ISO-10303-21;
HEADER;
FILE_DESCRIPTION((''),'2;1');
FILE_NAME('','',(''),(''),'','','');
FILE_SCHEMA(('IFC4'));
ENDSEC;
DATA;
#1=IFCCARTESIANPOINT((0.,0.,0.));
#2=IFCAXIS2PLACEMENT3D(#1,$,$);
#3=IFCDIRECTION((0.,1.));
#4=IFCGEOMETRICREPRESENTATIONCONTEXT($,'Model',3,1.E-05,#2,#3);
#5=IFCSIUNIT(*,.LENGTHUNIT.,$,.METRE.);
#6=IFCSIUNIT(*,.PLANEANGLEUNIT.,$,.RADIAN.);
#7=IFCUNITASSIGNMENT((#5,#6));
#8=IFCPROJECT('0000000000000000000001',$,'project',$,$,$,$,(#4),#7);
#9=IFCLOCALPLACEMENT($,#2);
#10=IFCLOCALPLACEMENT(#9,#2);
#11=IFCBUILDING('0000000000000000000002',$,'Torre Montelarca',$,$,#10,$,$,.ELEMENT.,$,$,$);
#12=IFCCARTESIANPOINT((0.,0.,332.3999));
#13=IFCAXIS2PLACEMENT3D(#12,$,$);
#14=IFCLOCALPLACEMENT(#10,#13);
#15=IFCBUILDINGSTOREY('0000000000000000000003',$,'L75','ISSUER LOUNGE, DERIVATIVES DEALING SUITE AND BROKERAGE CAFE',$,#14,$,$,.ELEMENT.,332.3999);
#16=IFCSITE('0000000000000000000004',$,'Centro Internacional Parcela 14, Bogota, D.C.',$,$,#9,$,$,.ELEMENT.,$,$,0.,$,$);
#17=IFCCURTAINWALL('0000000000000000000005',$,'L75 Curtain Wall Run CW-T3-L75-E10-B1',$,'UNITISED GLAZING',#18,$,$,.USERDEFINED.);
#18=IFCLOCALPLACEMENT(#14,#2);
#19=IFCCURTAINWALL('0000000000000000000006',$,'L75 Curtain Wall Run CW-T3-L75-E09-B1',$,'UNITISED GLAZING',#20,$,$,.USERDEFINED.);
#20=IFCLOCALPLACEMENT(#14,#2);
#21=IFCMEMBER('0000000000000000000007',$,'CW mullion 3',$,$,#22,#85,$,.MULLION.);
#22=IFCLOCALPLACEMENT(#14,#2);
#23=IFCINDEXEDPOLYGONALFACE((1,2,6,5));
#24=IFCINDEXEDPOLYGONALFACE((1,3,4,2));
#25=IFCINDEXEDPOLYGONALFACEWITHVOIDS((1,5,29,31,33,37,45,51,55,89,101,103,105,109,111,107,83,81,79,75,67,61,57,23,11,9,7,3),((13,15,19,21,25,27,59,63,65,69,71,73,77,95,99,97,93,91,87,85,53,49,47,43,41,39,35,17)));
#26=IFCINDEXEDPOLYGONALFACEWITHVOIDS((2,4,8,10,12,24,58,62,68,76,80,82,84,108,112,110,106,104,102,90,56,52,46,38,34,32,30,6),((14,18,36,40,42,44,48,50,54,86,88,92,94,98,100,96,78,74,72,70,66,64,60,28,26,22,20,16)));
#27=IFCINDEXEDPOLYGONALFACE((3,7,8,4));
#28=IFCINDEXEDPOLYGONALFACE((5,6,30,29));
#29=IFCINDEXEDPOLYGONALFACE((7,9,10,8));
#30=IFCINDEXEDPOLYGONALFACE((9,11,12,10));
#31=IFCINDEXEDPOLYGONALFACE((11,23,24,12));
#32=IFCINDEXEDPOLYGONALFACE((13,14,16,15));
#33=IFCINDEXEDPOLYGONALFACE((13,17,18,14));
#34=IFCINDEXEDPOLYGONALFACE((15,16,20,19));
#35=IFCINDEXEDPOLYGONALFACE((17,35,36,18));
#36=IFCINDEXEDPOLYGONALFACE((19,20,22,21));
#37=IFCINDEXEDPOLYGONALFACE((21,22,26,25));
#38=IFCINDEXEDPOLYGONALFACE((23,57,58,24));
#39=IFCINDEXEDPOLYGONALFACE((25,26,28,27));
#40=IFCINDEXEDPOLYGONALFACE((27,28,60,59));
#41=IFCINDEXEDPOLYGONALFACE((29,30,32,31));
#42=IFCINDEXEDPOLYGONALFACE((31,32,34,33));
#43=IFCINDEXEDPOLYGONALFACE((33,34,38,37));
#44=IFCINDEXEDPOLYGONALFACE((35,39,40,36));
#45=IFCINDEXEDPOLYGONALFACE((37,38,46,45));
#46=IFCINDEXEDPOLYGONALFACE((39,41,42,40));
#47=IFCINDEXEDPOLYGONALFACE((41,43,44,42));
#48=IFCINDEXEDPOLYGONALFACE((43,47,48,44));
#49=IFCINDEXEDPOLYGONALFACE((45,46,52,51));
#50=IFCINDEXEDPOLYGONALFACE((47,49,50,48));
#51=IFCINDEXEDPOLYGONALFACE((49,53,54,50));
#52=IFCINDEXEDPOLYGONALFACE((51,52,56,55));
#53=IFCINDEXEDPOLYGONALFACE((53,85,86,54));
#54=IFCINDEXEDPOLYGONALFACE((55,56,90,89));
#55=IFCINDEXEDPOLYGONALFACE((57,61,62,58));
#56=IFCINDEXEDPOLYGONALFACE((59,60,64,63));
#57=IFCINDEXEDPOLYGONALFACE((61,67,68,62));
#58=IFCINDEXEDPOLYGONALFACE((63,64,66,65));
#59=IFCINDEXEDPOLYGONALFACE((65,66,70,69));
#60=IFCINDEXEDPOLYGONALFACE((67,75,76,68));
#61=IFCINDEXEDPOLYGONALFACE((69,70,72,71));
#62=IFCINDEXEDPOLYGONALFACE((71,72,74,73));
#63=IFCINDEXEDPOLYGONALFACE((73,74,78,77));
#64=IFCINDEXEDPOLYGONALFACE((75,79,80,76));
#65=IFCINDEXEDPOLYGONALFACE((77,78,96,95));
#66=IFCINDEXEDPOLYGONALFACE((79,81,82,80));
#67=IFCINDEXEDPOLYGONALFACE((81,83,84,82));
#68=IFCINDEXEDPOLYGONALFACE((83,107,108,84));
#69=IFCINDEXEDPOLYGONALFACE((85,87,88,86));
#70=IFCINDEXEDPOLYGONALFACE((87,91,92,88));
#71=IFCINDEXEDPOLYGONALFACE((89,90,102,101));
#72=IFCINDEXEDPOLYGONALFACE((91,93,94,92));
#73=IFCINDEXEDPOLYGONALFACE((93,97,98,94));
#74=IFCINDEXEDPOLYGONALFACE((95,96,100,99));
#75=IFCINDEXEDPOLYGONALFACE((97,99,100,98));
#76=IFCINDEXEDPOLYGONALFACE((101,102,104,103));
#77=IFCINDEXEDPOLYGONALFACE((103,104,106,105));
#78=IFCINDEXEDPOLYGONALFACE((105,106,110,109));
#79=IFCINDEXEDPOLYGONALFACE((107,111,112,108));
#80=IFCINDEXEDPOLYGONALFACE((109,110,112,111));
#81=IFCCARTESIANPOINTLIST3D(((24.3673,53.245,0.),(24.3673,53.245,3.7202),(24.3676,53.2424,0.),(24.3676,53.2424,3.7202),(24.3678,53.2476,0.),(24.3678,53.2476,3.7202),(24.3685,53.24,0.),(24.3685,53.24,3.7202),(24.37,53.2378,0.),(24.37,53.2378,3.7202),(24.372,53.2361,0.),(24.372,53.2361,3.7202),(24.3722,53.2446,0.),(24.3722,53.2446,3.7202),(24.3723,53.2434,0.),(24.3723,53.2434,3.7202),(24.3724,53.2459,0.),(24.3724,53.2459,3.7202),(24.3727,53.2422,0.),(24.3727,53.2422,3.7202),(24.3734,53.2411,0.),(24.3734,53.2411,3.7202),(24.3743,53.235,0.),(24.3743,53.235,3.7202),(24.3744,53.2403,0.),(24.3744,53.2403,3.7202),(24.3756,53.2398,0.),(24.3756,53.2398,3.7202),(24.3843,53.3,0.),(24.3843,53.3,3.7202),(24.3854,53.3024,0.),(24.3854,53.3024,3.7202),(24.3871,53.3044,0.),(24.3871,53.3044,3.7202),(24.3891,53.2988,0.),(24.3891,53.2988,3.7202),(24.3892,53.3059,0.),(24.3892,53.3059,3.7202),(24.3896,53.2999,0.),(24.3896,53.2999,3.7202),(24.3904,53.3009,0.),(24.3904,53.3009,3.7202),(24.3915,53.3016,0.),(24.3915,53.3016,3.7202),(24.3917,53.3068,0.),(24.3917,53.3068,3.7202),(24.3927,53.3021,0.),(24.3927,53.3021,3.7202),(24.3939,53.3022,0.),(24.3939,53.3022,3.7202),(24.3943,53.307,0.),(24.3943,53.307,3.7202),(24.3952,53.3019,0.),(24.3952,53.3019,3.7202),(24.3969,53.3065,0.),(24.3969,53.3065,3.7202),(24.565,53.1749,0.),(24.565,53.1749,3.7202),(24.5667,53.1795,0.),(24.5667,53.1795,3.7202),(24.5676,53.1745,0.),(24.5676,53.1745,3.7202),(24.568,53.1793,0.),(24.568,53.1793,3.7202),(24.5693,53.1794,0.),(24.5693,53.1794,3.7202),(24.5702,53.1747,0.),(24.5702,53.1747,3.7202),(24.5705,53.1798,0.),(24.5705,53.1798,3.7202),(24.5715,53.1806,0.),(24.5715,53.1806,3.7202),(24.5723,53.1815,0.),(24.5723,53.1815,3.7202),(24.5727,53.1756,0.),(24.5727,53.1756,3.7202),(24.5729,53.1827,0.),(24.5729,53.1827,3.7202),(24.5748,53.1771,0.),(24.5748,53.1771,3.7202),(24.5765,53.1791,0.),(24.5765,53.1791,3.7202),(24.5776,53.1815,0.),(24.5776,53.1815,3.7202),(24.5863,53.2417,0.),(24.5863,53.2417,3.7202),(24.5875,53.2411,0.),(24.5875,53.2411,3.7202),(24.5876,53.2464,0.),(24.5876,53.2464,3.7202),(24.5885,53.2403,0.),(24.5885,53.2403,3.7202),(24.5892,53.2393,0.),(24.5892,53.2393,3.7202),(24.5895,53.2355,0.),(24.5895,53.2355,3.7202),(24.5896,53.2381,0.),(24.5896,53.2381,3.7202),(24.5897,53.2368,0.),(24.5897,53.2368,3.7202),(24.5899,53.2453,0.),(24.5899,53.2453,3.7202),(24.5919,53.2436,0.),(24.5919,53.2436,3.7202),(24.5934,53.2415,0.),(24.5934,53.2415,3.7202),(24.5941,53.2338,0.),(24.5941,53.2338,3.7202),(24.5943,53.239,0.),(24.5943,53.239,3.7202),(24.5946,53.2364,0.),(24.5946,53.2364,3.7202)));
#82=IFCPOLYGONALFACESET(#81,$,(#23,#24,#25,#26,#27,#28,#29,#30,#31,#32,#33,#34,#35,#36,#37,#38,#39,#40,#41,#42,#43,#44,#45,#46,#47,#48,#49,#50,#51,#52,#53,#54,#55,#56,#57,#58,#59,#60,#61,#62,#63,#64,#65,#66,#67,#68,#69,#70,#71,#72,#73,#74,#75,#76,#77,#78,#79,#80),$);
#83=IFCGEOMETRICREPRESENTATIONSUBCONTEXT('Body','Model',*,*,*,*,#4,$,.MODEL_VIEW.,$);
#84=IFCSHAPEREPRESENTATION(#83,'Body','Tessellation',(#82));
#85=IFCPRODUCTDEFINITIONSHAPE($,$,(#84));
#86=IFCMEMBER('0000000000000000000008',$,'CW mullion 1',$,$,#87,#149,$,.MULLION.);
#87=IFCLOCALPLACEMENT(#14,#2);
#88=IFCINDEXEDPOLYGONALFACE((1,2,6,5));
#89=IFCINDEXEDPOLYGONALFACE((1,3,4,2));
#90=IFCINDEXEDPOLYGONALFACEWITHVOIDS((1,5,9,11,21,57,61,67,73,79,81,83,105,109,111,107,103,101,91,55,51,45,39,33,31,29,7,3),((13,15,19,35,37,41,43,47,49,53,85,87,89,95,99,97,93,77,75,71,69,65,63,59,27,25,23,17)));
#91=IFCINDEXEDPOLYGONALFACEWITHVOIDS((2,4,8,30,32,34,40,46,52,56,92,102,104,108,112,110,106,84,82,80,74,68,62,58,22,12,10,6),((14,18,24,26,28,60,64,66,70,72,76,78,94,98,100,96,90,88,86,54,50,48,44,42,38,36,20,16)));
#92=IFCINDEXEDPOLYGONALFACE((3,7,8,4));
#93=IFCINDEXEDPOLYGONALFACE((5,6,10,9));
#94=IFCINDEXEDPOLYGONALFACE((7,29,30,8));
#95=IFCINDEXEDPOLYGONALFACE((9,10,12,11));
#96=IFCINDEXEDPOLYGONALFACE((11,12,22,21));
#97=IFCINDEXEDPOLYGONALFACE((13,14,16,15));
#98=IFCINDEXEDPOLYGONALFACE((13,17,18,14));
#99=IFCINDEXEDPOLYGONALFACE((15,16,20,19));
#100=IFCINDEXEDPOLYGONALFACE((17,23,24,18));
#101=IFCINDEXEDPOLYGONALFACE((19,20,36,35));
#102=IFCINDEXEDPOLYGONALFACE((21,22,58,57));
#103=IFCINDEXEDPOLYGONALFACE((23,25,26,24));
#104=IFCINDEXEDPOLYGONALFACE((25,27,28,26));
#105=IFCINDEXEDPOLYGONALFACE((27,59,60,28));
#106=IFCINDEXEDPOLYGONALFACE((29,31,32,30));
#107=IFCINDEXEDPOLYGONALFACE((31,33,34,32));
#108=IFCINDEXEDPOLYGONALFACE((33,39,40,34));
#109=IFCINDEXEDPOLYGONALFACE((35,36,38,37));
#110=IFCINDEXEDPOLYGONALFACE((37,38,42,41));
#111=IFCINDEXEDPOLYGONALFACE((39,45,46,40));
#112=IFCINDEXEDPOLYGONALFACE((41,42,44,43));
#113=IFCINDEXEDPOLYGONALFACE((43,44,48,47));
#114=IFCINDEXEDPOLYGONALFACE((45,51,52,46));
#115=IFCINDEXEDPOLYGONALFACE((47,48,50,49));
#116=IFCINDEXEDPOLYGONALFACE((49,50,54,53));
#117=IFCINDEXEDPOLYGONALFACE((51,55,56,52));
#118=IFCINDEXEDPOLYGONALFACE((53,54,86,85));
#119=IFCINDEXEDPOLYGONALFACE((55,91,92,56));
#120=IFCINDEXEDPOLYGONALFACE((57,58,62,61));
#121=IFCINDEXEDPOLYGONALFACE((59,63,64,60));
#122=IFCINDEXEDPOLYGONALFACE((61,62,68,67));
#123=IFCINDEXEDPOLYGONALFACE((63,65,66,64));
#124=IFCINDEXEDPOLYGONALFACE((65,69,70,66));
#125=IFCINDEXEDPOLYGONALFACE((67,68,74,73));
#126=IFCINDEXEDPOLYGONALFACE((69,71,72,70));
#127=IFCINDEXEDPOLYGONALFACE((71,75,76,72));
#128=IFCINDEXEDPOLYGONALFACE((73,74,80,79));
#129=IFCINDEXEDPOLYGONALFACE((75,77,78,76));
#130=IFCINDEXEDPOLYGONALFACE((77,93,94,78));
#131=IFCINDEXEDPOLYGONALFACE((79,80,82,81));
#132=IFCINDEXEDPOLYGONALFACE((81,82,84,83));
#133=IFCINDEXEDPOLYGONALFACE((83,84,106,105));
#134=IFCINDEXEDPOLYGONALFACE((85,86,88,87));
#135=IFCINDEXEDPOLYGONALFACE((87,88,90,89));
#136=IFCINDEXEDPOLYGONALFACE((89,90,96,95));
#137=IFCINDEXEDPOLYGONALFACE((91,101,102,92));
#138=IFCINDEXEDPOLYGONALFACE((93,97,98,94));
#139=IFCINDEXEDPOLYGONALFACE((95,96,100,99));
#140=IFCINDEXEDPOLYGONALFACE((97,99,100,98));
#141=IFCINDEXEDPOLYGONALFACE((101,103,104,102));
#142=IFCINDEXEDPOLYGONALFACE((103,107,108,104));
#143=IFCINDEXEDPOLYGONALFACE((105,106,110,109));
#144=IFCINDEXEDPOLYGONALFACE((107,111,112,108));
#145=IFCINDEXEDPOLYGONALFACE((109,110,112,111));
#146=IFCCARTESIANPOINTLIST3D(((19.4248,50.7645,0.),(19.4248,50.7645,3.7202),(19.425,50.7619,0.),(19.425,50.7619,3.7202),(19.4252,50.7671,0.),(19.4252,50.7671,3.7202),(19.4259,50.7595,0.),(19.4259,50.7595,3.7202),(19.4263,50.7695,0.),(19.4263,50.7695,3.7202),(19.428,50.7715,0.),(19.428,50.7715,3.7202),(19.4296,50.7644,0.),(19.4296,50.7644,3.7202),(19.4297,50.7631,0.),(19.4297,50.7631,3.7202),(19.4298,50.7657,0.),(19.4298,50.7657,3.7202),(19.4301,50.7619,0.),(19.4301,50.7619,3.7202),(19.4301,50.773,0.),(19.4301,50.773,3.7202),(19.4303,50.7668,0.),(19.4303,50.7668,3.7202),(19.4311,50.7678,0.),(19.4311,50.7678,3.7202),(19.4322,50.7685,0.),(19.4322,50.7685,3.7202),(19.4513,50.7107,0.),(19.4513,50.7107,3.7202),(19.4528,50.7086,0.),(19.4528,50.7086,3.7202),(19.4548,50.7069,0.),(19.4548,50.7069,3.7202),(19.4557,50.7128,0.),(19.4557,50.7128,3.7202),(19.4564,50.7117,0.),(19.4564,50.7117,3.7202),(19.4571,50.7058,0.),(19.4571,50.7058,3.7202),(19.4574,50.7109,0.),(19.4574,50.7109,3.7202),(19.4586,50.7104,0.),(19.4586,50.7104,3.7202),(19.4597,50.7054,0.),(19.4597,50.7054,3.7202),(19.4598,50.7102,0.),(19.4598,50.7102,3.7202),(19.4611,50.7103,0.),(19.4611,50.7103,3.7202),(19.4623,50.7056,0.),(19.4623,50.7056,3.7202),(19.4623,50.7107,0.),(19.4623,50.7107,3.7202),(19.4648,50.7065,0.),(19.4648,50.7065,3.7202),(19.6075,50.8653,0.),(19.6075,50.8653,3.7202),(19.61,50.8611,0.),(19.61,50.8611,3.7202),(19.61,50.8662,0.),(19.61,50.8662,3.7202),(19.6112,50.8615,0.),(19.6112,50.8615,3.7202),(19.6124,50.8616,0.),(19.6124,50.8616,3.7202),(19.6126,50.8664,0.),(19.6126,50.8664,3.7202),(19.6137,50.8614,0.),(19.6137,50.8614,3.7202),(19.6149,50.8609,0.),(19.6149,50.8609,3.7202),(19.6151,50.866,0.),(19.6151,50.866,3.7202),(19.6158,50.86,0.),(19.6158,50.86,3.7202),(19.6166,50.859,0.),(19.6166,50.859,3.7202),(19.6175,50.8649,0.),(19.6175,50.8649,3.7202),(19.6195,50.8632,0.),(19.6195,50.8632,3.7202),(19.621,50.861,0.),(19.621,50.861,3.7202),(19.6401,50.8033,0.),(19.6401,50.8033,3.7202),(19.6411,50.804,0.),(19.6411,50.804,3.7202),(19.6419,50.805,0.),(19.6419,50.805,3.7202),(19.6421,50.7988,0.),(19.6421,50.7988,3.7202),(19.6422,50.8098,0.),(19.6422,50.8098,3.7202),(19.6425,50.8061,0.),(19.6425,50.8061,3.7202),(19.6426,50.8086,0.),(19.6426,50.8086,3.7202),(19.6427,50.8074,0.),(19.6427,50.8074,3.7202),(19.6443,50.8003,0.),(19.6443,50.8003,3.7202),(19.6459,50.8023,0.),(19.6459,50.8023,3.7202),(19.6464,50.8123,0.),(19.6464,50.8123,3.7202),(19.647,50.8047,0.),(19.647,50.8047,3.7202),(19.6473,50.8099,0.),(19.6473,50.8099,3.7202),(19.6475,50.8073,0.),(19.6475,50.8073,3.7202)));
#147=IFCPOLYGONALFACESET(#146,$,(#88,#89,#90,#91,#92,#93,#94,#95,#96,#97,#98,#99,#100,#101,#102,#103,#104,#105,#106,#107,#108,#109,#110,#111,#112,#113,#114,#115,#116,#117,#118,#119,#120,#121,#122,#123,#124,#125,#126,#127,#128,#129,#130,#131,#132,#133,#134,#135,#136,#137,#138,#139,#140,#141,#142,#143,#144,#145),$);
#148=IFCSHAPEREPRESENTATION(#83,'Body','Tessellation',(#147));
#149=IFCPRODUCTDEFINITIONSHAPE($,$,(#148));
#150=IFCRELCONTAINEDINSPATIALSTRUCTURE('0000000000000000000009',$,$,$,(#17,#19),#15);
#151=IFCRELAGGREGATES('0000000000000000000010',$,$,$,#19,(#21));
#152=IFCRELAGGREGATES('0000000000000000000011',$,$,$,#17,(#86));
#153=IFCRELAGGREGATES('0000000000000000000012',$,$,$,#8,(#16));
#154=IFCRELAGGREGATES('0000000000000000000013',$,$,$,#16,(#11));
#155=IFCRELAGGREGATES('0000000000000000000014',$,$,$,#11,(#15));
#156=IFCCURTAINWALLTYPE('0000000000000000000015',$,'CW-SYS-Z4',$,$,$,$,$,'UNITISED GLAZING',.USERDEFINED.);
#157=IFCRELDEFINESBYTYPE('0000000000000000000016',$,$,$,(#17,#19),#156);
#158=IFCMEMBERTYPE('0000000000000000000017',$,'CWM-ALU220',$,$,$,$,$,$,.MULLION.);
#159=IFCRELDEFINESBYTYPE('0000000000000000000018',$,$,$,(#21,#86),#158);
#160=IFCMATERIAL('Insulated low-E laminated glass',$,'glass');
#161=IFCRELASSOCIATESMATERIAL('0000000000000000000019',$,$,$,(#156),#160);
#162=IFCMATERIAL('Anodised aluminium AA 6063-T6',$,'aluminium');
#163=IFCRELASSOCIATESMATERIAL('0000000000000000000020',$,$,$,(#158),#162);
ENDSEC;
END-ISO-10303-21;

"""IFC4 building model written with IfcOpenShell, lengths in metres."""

from ifc_helpers import new_model, si_unit, direction, frame, origin, origin_2d, place, context, subcontext, project, spatial, hollow_rectangle, extrude, source, transform, mapped, material, material_profile, profile_set, type_object, element, aggregate, save


model = new_model("IFC4")

# Units and contexts
model_context = context("Model", 3, precision=1e-05, world=origin(), true_north=direction((0.0, 1.0)))
body_context = subcontext(model_context, "Body", "Model", "MODEL_VIEW")
ifc_project = project(units=[si_unit("LENGTHUNIT", "METRE"), si_unit("PLANEANGLEUNIT", "RADIAN")], contexts=[model_context])

# Site, building, storey
site_placement = place(None, origin())
site = spatial("IfcSite", under=ifc_project, at=site_placement, Name="Centro Internacional Parcela 14, Bogota, D.C.", CompositionType="ELEMENT", RefElevation=0.0)
building_placement = place(site_placement, origin())
building = spatial("IfcBuilding", under=site, at=building_placement, Name="Torre Montelarca", CompositionType="ELEMENT")
storey_placement = place(building_placement, frame((0.0, 0.0, 332.3999)))
storey = spatial("IfcBuildingStorey", under=building, at=storey_placement, Name="L75", Description="ISSUER LOUNGE, DERIVATIVES DEALING SUITE AND BROKERAGE CAFE", CompositionType="ELEMENT", Elevation=332.3999)

# Curtain wall
ifc_material_1 = material(Name="Insulated low-E laminated glass", Category="glass")
curtain_wall_type = type_object("IfcCurtainWallType", Name="CW-SYS-Z4", ElementType="UNITISED GLAZING", PredefinedType="USERDEFINED", material=ifc_material_1)
curtain_wall_1_placement = place(storey_placement, origin())
curtain_wall_1 = element("IfcCurtainWall", 1, at=curtain_wall_1_placement, inside=storey, type_object=curtain_wall_type, Name="L75 Curtain Wall Run CW-T3-L75-E10-B1", ObjectType="UNITISED GLAZING", PredefinedType="USERDEFINED")
ifc_material_2 = material(Name="Anodised aluminium AA 6063-T6", Category="aluminium")

# Curtain wall, member
curtain_wall_2_placement = place(storey_placement, origin())
curtain_wall_2 = element("IfcCurtainWall", 2, at=curtain_wall_2_placement, inside=storey, type_object=curtain_wall_type, Name="L75 Curtain Wall Run CW-T3-L75-E09-B1", ObjectType="UNITISED GLAZING", PredefinedType="USERDEFINED")
ifc_material_profile_1 = material_profile(ifc_material_2, hollow_rectangle(XDim=0.075, YDim=0.22, WallThickness=0.0049, InnerFilletRadius=0.0049, OuterFilletRadius=0.01, at=origin_2d()), Name="ALU75X220X5", Category="aluminium")
ifc_profile_set_1 = profile_set([ifc_material_profile_1], Name="Anodised aluminium AA 6063-T6")
member_type_1 = type_object("IfcMemberType", Name="CWM-ALU220", PredefinedType="MULLION", material=ifc_profile_set_1)
shared_shape_1 = source(origin(), body_context, "Body", "SweptSolid", [
    extrude(hollow_rectangle(XDim=0.075, YDim=0.22, WallThickness=0.0049, InnerFilletRadius=0.0049, OuterFilletRadius=0.01, at=origin_2d()), origin(), (0.0, 0.0, 1.0), 3.7202),
])
member_1_placement = place(storey_placement, frame((24.481, 53.2407, 0.0), z_axis=(0.0, 0.0, 1.0), x_axis=(-0.300693, -0.953721, 0.0)))
member_1 = element("IfcMember", 3, at=member_1_placement, type_object=member_type_1, Name="CW mullion 3", PredefinedType="MULLION", context=body_context, shape_type="MappedRepresentation", body=[
    mapped(shared_shape_1, transform((0.0, 0.0, 0.0), scale=1.0)),
])

# Member
member_2_placement = place(storey_placement, frame((19.5361, 50.7859, 0.0), z_axis=(0.0, 0.0, 1.0), x_axis=(0.461753, -0.887008, 0.0)))
member_2 = element("IfcMember", 4, at=member_2_placement, type_object=member_type_1, Name="CW mullion 1", PredefinedType="MULLION", context=body_context, shape_type="MappedRepresentation", body=[
    mapped(shared_shape_1, transform((0.0, 0.0, 0.0), scale=1.0)),
])

aggregate(curtain_wall_2, [member_1])
aggregate(curtain_wall_1, [member_2])

save(model, "model.ifc")
